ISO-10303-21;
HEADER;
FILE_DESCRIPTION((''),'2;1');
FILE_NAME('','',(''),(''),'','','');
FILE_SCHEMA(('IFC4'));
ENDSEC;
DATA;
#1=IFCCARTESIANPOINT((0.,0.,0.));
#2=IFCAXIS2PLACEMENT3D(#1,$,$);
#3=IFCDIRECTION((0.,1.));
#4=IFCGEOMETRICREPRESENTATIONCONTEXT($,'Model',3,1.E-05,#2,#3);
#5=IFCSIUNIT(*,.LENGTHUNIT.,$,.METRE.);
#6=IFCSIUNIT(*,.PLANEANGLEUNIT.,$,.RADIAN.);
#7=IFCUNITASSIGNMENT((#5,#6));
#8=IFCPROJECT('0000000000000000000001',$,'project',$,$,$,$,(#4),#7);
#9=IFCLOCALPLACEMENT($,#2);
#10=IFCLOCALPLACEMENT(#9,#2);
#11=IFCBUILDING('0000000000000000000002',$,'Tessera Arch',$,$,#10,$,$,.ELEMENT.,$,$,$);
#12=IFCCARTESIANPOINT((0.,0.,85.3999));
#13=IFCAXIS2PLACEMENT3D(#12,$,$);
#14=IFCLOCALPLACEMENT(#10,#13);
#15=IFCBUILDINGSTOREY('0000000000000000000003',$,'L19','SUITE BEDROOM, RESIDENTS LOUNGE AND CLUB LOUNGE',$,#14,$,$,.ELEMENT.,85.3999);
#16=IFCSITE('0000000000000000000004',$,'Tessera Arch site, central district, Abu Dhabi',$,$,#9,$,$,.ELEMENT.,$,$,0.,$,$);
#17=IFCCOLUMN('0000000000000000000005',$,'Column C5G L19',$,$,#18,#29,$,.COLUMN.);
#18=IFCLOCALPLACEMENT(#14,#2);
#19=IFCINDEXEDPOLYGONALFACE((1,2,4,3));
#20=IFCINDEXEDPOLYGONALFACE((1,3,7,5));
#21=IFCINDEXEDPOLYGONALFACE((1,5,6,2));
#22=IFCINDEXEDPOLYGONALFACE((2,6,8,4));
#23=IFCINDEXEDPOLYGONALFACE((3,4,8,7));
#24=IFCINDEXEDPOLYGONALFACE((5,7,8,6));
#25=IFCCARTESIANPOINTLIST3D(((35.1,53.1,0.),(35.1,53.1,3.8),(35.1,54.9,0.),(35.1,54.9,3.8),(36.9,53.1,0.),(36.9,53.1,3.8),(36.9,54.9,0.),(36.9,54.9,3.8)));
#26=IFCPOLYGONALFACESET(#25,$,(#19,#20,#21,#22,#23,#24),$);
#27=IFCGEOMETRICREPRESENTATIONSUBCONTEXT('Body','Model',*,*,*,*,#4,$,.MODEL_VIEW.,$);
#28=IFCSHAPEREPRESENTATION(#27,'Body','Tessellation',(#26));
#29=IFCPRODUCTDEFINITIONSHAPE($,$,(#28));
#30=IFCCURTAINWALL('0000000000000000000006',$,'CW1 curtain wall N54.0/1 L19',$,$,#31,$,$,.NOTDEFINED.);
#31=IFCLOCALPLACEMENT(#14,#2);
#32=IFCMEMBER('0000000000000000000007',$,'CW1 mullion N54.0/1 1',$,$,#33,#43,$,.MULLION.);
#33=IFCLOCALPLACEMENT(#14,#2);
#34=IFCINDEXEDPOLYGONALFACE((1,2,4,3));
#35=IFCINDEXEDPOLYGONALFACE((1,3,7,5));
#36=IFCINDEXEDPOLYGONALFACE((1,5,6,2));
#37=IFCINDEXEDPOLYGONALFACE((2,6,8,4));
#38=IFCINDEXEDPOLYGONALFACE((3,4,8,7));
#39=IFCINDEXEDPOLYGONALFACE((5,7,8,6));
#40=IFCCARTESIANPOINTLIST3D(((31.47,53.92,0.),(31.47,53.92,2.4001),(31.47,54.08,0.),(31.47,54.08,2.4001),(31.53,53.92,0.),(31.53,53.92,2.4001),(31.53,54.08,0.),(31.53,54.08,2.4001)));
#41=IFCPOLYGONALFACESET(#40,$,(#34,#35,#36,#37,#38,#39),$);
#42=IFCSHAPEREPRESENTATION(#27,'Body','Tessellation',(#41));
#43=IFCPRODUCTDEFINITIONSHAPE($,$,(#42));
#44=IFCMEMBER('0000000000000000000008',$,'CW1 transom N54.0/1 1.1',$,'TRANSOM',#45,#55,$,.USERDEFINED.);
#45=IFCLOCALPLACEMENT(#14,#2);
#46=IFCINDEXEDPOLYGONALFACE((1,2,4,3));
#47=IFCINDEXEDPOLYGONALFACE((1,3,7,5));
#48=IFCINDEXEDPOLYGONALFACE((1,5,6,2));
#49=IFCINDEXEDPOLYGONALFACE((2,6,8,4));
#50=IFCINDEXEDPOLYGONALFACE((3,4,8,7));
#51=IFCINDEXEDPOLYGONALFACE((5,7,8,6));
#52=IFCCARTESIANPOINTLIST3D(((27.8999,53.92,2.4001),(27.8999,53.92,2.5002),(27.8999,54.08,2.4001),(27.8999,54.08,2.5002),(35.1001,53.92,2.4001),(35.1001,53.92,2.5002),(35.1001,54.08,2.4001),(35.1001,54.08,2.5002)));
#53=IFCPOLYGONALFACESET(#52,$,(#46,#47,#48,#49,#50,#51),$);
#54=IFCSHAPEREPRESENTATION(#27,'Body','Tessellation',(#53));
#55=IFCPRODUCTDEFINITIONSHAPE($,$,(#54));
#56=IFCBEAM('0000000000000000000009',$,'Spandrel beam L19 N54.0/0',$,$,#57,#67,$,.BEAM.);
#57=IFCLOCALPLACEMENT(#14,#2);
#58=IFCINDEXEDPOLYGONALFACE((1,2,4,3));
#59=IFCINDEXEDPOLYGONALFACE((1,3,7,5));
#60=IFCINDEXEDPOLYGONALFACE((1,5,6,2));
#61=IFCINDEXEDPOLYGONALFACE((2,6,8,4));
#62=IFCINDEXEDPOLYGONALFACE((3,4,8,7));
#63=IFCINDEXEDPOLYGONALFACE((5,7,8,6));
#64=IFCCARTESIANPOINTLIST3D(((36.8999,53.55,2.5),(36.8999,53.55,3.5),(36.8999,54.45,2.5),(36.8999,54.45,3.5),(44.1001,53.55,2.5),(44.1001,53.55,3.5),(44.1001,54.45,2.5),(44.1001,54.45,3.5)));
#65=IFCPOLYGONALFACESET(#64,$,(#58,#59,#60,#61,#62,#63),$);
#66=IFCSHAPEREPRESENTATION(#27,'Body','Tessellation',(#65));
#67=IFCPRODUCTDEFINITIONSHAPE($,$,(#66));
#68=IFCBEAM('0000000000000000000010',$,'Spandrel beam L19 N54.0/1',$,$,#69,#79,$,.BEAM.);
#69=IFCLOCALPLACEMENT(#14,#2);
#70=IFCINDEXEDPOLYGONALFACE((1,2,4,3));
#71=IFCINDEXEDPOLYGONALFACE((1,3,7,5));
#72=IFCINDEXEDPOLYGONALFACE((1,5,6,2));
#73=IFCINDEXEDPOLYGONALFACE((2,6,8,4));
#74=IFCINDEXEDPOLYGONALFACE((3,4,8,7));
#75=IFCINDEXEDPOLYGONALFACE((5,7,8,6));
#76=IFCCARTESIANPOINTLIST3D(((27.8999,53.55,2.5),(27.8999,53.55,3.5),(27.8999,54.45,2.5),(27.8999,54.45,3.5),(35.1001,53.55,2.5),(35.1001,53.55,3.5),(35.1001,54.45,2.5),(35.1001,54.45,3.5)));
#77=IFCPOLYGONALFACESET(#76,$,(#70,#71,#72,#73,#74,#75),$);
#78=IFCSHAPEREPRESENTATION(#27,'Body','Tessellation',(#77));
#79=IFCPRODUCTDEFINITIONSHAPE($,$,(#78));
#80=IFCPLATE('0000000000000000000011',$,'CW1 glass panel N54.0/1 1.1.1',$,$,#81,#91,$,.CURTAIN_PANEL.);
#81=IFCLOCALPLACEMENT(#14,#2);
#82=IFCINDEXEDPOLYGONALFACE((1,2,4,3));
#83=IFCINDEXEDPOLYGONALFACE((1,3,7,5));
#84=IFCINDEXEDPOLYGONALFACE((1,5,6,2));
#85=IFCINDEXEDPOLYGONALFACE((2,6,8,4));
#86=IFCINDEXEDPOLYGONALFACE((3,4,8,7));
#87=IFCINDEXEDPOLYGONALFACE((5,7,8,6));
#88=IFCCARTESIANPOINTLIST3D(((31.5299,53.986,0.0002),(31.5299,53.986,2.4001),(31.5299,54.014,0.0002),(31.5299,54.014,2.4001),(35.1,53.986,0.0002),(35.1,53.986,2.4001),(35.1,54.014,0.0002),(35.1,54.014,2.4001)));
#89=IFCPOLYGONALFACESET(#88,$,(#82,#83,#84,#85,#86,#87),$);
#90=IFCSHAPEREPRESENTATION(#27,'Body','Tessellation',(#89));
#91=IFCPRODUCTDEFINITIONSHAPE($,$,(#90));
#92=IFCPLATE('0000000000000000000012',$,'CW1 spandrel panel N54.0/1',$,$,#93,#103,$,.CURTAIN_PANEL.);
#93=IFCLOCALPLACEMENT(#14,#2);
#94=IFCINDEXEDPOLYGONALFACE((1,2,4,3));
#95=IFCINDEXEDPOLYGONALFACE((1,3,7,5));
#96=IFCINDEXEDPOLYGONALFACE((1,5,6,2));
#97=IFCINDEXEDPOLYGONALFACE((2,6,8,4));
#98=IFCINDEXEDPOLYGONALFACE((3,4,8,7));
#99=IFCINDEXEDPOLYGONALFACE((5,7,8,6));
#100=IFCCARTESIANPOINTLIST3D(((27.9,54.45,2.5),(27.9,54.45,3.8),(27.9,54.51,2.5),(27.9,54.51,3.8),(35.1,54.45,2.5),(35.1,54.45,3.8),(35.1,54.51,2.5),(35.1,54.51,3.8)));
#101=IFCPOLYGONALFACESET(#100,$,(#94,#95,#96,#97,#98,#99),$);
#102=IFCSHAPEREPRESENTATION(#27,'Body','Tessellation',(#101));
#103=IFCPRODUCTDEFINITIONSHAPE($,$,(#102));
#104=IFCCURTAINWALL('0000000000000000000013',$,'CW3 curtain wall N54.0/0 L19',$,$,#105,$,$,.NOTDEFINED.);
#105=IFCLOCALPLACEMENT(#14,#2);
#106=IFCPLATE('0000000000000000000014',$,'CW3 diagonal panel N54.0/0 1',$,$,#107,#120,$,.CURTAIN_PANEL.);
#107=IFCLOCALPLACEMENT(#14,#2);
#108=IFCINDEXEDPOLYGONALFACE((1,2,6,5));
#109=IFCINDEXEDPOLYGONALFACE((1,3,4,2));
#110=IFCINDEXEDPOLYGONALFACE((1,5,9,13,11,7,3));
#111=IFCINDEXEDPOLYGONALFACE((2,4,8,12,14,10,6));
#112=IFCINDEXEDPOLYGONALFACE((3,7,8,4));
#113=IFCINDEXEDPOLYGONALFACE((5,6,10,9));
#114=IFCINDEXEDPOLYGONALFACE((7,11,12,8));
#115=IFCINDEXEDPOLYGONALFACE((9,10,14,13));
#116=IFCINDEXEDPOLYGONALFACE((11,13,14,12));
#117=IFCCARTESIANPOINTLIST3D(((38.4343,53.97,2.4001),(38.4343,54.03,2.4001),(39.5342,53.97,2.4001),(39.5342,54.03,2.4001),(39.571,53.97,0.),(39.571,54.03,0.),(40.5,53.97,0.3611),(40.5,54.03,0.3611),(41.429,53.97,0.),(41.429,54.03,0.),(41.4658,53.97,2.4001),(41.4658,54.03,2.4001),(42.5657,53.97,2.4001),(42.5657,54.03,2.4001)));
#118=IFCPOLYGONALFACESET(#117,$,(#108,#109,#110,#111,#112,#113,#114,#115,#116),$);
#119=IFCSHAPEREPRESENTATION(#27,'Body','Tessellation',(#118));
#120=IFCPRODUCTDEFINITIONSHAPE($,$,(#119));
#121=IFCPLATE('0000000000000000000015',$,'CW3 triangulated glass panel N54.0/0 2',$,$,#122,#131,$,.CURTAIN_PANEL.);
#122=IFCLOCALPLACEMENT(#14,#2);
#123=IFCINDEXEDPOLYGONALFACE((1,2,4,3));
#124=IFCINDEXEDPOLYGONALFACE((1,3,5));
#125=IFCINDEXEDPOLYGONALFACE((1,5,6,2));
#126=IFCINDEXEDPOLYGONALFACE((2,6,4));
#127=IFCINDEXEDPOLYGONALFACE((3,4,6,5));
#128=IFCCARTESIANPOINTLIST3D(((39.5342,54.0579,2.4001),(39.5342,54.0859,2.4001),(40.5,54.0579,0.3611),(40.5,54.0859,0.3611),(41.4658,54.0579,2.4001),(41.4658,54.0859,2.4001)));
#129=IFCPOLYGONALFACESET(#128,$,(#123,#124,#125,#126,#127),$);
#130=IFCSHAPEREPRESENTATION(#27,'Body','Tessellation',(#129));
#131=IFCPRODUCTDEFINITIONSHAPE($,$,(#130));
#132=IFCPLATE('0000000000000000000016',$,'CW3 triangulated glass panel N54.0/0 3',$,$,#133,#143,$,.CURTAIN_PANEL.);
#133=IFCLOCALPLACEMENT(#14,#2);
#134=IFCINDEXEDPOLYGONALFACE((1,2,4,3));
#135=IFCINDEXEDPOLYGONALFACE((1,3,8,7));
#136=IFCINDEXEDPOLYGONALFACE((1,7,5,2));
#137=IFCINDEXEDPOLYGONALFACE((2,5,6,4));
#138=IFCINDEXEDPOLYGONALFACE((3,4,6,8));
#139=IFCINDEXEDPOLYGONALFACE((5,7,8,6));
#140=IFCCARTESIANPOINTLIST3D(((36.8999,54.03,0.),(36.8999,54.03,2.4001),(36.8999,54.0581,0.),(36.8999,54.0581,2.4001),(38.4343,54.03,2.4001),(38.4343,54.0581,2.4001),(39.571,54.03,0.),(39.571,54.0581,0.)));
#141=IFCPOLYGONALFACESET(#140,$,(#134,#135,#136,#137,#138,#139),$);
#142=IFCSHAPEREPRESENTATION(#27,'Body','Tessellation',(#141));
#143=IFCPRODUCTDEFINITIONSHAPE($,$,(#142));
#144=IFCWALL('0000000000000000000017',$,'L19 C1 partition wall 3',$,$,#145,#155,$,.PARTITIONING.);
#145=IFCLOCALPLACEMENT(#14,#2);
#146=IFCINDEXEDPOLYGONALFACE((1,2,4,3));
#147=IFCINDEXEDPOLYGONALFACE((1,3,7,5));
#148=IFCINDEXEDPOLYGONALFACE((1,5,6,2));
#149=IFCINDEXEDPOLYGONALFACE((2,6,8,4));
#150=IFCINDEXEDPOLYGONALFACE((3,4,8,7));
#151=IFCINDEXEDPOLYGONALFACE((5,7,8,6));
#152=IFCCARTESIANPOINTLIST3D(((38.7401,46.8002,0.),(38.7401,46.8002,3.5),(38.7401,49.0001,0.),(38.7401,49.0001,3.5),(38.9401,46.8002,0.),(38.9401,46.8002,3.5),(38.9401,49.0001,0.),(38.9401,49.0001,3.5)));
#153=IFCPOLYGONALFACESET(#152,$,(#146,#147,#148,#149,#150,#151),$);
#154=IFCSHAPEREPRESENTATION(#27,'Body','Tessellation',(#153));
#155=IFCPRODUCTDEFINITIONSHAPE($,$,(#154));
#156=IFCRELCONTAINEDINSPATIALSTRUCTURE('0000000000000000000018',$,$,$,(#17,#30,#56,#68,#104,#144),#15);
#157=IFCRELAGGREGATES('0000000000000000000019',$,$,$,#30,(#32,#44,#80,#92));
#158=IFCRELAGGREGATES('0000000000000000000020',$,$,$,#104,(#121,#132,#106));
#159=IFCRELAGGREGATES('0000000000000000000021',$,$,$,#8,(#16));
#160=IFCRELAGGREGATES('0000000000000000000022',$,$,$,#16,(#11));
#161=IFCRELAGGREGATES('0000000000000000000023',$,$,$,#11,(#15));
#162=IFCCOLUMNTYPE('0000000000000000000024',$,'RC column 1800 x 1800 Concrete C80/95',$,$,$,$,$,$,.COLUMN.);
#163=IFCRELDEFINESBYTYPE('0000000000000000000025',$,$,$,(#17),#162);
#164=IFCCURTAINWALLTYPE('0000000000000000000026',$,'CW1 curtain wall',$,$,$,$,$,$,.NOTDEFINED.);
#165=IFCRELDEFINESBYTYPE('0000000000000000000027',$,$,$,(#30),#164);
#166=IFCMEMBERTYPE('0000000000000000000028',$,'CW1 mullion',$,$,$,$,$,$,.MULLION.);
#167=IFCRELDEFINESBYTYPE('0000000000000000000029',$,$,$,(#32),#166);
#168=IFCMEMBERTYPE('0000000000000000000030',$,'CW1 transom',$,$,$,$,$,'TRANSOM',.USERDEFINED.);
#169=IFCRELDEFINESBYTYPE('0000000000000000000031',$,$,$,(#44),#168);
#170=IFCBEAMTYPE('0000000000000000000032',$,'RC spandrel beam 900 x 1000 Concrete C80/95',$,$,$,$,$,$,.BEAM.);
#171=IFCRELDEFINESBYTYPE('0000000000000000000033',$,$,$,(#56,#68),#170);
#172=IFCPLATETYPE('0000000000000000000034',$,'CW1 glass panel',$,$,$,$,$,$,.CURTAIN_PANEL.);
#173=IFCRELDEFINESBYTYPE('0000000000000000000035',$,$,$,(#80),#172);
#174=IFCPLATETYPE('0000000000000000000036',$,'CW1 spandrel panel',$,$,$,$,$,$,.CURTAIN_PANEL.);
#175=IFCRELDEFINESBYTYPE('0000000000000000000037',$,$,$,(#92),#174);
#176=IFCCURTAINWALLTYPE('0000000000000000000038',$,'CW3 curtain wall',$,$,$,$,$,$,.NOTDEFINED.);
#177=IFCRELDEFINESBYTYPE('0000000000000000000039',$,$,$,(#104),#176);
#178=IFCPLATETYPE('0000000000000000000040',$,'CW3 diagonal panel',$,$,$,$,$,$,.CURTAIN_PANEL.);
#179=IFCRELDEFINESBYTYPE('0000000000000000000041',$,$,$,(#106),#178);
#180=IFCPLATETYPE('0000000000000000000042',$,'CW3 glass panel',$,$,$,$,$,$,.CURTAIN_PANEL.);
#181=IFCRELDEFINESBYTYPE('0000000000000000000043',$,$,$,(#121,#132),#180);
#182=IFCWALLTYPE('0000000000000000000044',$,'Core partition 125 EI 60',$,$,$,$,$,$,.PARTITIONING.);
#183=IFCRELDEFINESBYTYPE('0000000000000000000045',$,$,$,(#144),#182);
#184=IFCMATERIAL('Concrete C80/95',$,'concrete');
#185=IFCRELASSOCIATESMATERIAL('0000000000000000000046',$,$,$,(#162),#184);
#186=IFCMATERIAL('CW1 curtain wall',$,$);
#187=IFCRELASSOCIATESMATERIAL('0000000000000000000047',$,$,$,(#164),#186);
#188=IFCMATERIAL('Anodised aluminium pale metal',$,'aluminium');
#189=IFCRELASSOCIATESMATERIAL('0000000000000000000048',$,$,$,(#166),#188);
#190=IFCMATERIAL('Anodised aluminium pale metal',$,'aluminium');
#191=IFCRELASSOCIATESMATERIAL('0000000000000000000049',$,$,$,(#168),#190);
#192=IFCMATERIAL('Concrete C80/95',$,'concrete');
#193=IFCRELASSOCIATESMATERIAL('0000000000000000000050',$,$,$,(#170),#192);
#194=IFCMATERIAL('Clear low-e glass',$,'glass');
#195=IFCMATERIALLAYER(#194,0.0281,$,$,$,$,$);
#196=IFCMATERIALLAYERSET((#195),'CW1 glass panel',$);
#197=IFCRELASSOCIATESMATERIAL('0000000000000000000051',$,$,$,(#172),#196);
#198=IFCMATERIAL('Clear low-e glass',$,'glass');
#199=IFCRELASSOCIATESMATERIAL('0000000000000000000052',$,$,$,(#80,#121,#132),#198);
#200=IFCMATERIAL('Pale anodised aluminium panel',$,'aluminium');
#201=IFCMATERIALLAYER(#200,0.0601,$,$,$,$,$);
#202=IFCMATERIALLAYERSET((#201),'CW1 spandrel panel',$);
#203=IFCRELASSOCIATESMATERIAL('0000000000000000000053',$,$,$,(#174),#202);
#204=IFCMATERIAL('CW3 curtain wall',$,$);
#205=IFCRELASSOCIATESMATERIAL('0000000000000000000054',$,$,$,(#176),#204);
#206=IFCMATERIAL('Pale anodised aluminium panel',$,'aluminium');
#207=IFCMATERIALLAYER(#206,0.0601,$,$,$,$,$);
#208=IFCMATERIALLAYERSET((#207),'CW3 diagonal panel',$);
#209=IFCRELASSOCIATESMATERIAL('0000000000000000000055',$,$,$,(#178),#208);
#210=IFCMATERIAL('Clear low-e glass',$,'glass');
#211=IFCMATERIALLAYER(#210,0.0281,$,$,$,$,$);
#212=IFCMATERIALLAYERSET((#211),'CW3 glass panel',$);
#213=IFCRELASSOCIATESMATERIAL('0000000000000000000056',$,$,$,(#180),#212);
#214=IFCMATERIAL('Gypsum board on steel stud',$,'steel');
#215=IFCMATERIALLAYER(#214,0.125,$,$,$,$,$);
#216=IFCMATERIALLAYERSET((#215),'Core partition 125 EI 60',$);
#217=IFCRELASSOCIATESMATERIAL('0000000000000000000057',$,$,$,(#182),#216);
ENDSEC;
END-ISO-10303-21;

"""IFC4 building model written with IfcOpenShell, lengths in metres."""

from ifc_helpers import new_model, si_unit, direction, frame, frame_2d, origin, origin_2d, place, context, subcontext, project, spatial, polyline, rectangle, outline, extrude, material, layer, layer_set, material_profile, profile_set, type_object, element, aggregate, save


model = new_model("IFC4")

# Units and contexts
model_context = context("Model", 3, precision=1e-05, world=origin(), true_north=direction((0.0, 1.0)))
body_context = subcontext(model_context, "Body", "Model", "MODEL_VIEW")
ifc_project = project(units=[si_unit("LENGTHUNIT", "METRE"), si_unit("PLANEANGLEUNIT", "RADIAN")], contexts=[model_context])

# Site, building, storey
site_placement = place(None, origin())
site = spatial("IfcSite", under=ifc_project, at=site_placement, Name="Tessera Arch site, central district, Abu Dhabi", CompositionType="ELEMENT", RefElevation=0.0)
building_placement = place(site_placement, origin())
building = spatial("IfcBuilding", under=site, at=building_placement, Name="Tessera Arch", CompositionType="ELEMENT")
storey_placement = place(building_placement, frame((0.0, 0.0, 85.3999)))
storey = spatial("IfcBuildingStorey", under=building, at=storey_placement, Name="L19", Description="SUITE BEDROOM, RESIDENTS LOUNGE AND CLUB LOUNGE", CompositionType="ELEMENT", Elevation=85.3999)

# Column
ifc_material_1 = material(Name="Concrete C80/95", Category="concrete")
ifc_material_profile_1 = material_profile(ifc_material_1, rectangle(XDim=1.8, YDim=1.8, at=origin_2d()), Name="RC column 1800 x 1800 Concrete C80/95")
ifc_profile_set_1 = profile_set([ifc_material_profile_1], Name="Concrete C80/95")
column_type = type_object("IfcColumnType", Name="RC column 1800 x 1800 Concrete C80/95", PredefinedType="COLUMN", material=ifc_profile_set_1)
column_placement = place(storey_placement, frame((36.0, 54.0, 0.0), z_axis=(0.0, 0.0, 1.0), x_axis=(1.0, 0.0, 0.0)))
element("IfcColumn", 1, at=column_placement, inside=storey, type_object=column_type, Name="Column C5G L19", PredefinedType="COLUMN", context=body_context, shape_type="SweptSolid", body=[
    extrude(rectangle(XDim=1.8, YDim=1.8, at=origin_2d()), origin(), (0.0, 0.0, 1.0), 3.8),
])

# Curtain wall, members
ifc_material_2 = material(Name="CW1 curtain wall")
curtain_wall_type_1 = type_object("IfcCurtainWallType", Name="CW1 curtain wall", PredefinedType="NOTDEFINED", material=ifc_material_2)
curtain_wall_1_placement = place(storey_placement, origin())
curtain_wall_1 = element("IfcCurtainWall", 2, at=curtain_wall_1_placement, inside=storey, type_object=curtain_wall_type_1, Name="CW1 curtain wall N54.0/1 L19", PredefinedType="NOTDEFINED")
ifc_material_3 = material(Name="Anodised aluminium pale metal", Category="aluminium")
ifc_material_profile_2 = material_profile(ifc_material_3, rectangle(XDim=0.1599, YDim=0.0601, at=origin_2d()), Name="AL 60x160")
ifc_profile_set_2 = profile_set([ifc_material_profile_2], Name="Anodised aluminium pale metal")
member_type_1 = type_object("IfcMemberType", Name="CW1 mullion", PredefinedType="MULLION", material=ifc_profile_set_2)
member_1_placement = place(storey_placement, frame((31.5, 54.0, 0.0), z_axis=(0.0, 0.0, 1.0), x_axis=(0.0, -1.0, 0.0)))
member_1 = element("IfcMember", 3, at=member_1_placement, type_object=member_type_1, Name="CW1 mullion N54.0/1 1", PredefinedType="MULLION", context=body_context, shape_type="SweptSolid", body=[
    extrude(rectangle(XDim=0.1599, YDim=0.0601, at=origin_2d()), origin(), (0.0, 0.0, 1.0), 2.4001),
])
ifc_material_4 = material(Name="Anodised aluminium pale metal", Category="aluminium")
ifc_material_profile_3 = material_profile(ifc_material_4, rectangle(XDim=0.1599, YDim=0.1001, at=origin_2d()), Name="AL 160x100")
ifc_profile_set_3 = profile_set([ifc_material_profile_3], Name="Anodised aluminium pale metal")
member_type_2 = type_object("IfcMemberType", Name="CW1 transom", ElementType="TRANSOM", PredefinedType="USERDEFINED", material=ifc_profile_set_3)
member_2_placement = place(storey_placement, frame((35.1001, 54.0, 2.4502), z_axis=(-1.0, 0.0, 0.0), x_axis=(0.0, -1.0, 0.0)))
member_2 = element("IfcMember", 4, at=member_2_placement, type_object=member_type_2, Name="CW1 transom N54.0/1 1.1", ObjectType="TRANSOM", PredefinedType="USERDEFINED", context=body_context, shape_type="SweptSolid", body=[
    extrude(rectangle(XDim=0.1599, YDim=0.1001, at=origin_2d()), origin(), (0.0, 0.0, 1.0), 7.2002),
])

# Beams
ifc_material_5 = material(Name="Concrete C80/95", Category="concrete")
ifc_material_profile_4 = material_profile(ifc_material_5, rectangle(XDim=0.8999, YDim=1.0, at=origin_2d()), Name="RC spandrel beam 900 x 1000 Concrete C80/95")
ifc_profile_set_4 = profile_set([ifc_material_profile_4], Name="Concrete C80/95")
beam_type = type_object("IfcBeamType", Name="RC spandrel beam 900 x 1000 Concrete C80/95", PredefinedType="BEAM", material=ifc_profile_set_4)
for number, where, z_axis, x_axis, name in (
    (5, (44.1001, 54.0, 3.0), (-1.0, 0.0, 0.0), (0.0, -1.0, 0.0), "Spandrel beam L19 N54.0/0"),
    (6, (35.1001, 54.0, 3.0), (-1.0, 0.0, 0.0), (0.0, -1.0, 0.0), "Spandrel beam L19 N54.0/1"),
):
    element("IfcBeam", number, at=place(storey_placement, frame(where, z_axis=z_axis, x_axis=x_axis)), inside=storey, type_object=beam_type, Name=name, PredefinedType="BEAM", context=body_context, shape_type="SweptSolid", body=[
        extrude(rectangle(XDim=0.8999, YDim=1.0, at=origin_2d()), origin(), (0.0, 0.0, 1.0), 7.2002),
    ])

# Plates
ifc_material_6 = material(Name="Clear low-e glass", Category="glass")
ifc_material_7 = material(Name="Clear low-e glass", Category="glass")
ifc_layer_1 = layer(ifc_material_7, 0.0281)
ifc_layer_set_1 = layer_set([ifc_layer_1], Name="CW1 glass panel")
plate_type_1 = type_object("IfcPlateType", Name="CW1 glass panel", PredefinedType="CURTAIN_PANEL", material=ifc_layer_set_1)
plate_1_placement = place(storey_placement, frame((33.3149, 54.0, 0.0002), z_axis=(0.0, 0.0, 1.0), x_axis=(-1.0, 0.0, 0.0)))
plate_1 = element("IfcPlate", 7, at=plate_1_placement, type_object=plate_type_1, material=ifc_material_6, Name="CW1 glass panel N54.0/1 1.1.1", PredefinedType="CURTAIN_PANEL", context=body_context, shape_type="SweptSolid", body=[
    extrude(rectangle(XDim=3.5701, YDim=0.0281, at=origin_2d()), origin(), (0.0, 0.0, 1.0), 2.3999),
])
ifc_material_8 = material(Name="Pale anodised aluminium panel", Category="aluminium")
ifc_layer_2 = layer(ifc_material_8, 0.0601)
ifc_layer_set_2 = layer_set([ifc_layer_2], Name="CW1 spandrel panel")
plate_type_2 = type_object("IfcPlateType", Name="CW1 spandrel panel", PredefinedType="CURTAIN_PANEL", material=ifc_layer_set_2)
plate_2_placement = place(storey_placement, frame((31.5, 54.48, 2.5), z_axis=(0.0, 0.0, 1.0), x_axis=(-1.0, 0.0, 0.0)))
plate_2 = element("IfcPlate", 8, at=plate_2_placement, type_object=plate_type_2, Name="CW1 spandrel panel N54.0/1", PredefinedType="CURTAIN_PANEL", context=body_context, shape_type="SweptSolid", body=[
    extrude(rectangle(XDim=7.2, YDim=0.0601, at=origin_2d()), origin(), (0.0, 0.0, 1.0), 1.3),
])
aggregate(curtain_wall_1, [member_1, member_2, plate_1, plate_2])

# Curtain wall, plates
ifc_material_9 = material(Name="CW3 curtain wall")
curtain_wall_type_2 = type_object("IfcCurtainWallType", Name="CW3 curtain wall", PredefinedType="NOTDEFINED", material=ifc_material_9)
curtain_wall_2_placement = place(storey_placement, origin())
curtain_wall_2 = element("IfcCurtainWall", 9, at=curtain_wall_2_placement, inside=storey, type_object=curtain_wall_type_2, Name="CW3 curtain wall N54.0/0 L19", PredefinedType="NOTDEFINED")
ifc_material_10 = material(Name="Pale anodised aluminium panel", Category="aluminium")
ifc_layer_3 = layer(ifc_material_10, 0.0601)
ifc_layer_set_3 = layer_set([ifc_layer_3], Name="CW3 diagonal panel")
plate_type_3 = type_object("IfcPlateType", Name="CW3 diagonal panel", PredefinedType="CURTAIN_PANEL", material=ifc_layer_set_3)
plate_3_placement = place(storey_placement, frame((38.4343, 54.03, 2.4001), z_axis=(0.0, 1.0, 0.0), x_axis=(1.0, 0.0, 0.0)))
plate_3 = element("IfcPlate", 10, at=plate_3_placement, type_object=plate_type_3, Name="CW3 diagonal panel N54.0/0 1", PredefinedType="CURTAIN_PANEL", context=body_context, shape_type="SweptSolid", body=[
    extrude(outline(polyline([(0.0, 0.0), (1.0999, 0.0), (2.0657, 2.0391), (3.0315, 0.0), (4.1313, 0.0), (2.9946, 2.4001), (1.1367, 2.4001), (0.0, 0.0)])), origin(), (0.0, 0.0, -1.0), 0.0601),
])
ifc_material_11 = material(Name="Clear low-e glass", Category="glass")
ifc_layer_4 = layer(ifc_material_11, 0.0281)
ifc_layer_set_4 = layer_set([ifc_layer_4], Name="CW3 glass panel")
plate_type_4 = type_object("IfcPlateType", Name="CW3 glass panel", PredefinedType="CURTAIN_PANEL", material=ifc_layer_set_4)
plate_4_placement = place(storey_placement, frame((39.5342, 54.0859, 2.4001), z_axis=(0.0, 1.0, 0.0), x_axis=(1.0, 0.0, 0.0)))
plate_4 = element("IfcPlate", 11, at=plate_4_placement, type_object=plate_type_4, material=ifc_material_6, Name="CW3 triangulated glass panel N54.0/0 2", PredefinedType="CURTAIN_PANEL", context=body_context, shape_type="SweptSolid", body=[
    extrude(outline(polyline([(0.0, 0.0), (1.9316, 0.0), (0.9658, 2.0391), (0.0, 0.0)])), origin(), (0.0, 0.0, -1.0), 0.0281),
])
plate_5_placement = place(storey_placement, frame((36.8999, 54.0581, 2.4001), z_axis=(0.0, 1.0, 0.0), x_axis=(1.0, 0.0, 0.0)))
plate_5 = element("IfcPlate", 12, at=plate_5_placement, type_object=plate_type_4, material=ifc_material_6, Name="CW3 triangulated glass panel N54.0/0 3", PredefinedType="CURTAIN_PANEL", context=body_context, shape_type="SweptSolid", body=[
    extrude(outline(polyline([(0.0, 0.0), (1.5344, 0.0), (2.6711, 2.4001), (0.0, 2.4001), (0.0, 0.0)])), origin(), (0.0, 0.0, -1.0), 0.0281),
])
aggregate(curtain_wall_2, [plate_4, plate_5, plate_3])

# Wall
ifc_material_12 = material(Name="Gypsum board on steel stud", Category="steel")
ifc_layer_5 = layer(ifc_material_12, 0.125)
ifc_layer_set_5 = layer_set([ifc_layer_5], Name="Core partition 125 EI 60")
wall_type_1 = type_object("IfcWallType", Name="Core partition 125 EI 60", PredefinedType="PARTITIONING", material=ifc_layer_set_5)
wall_1_placement = place(storey_placement, frame((38.8401, 46.8, 0.0), z_axis=(0.0, 0.0, 1.0), x_axis=(0.0, 1.0, 0.0)))
element("IfcWall", 13, at=wall_1_placement, inside=storey, type_object=wall_type_1, Name="L19 C1 partition wall 3", PredefinedType="PARTITIONING", context=body_context, shape_type="SweptSolid", body=[
    extrude(rectangle(XDim=2.2, YDim=0.2, at=frame_2d((1.1001, 0.0))), origin(), (0.0, 0.0, 1.0), 3.5),
])

save(model, "model.ifc")
